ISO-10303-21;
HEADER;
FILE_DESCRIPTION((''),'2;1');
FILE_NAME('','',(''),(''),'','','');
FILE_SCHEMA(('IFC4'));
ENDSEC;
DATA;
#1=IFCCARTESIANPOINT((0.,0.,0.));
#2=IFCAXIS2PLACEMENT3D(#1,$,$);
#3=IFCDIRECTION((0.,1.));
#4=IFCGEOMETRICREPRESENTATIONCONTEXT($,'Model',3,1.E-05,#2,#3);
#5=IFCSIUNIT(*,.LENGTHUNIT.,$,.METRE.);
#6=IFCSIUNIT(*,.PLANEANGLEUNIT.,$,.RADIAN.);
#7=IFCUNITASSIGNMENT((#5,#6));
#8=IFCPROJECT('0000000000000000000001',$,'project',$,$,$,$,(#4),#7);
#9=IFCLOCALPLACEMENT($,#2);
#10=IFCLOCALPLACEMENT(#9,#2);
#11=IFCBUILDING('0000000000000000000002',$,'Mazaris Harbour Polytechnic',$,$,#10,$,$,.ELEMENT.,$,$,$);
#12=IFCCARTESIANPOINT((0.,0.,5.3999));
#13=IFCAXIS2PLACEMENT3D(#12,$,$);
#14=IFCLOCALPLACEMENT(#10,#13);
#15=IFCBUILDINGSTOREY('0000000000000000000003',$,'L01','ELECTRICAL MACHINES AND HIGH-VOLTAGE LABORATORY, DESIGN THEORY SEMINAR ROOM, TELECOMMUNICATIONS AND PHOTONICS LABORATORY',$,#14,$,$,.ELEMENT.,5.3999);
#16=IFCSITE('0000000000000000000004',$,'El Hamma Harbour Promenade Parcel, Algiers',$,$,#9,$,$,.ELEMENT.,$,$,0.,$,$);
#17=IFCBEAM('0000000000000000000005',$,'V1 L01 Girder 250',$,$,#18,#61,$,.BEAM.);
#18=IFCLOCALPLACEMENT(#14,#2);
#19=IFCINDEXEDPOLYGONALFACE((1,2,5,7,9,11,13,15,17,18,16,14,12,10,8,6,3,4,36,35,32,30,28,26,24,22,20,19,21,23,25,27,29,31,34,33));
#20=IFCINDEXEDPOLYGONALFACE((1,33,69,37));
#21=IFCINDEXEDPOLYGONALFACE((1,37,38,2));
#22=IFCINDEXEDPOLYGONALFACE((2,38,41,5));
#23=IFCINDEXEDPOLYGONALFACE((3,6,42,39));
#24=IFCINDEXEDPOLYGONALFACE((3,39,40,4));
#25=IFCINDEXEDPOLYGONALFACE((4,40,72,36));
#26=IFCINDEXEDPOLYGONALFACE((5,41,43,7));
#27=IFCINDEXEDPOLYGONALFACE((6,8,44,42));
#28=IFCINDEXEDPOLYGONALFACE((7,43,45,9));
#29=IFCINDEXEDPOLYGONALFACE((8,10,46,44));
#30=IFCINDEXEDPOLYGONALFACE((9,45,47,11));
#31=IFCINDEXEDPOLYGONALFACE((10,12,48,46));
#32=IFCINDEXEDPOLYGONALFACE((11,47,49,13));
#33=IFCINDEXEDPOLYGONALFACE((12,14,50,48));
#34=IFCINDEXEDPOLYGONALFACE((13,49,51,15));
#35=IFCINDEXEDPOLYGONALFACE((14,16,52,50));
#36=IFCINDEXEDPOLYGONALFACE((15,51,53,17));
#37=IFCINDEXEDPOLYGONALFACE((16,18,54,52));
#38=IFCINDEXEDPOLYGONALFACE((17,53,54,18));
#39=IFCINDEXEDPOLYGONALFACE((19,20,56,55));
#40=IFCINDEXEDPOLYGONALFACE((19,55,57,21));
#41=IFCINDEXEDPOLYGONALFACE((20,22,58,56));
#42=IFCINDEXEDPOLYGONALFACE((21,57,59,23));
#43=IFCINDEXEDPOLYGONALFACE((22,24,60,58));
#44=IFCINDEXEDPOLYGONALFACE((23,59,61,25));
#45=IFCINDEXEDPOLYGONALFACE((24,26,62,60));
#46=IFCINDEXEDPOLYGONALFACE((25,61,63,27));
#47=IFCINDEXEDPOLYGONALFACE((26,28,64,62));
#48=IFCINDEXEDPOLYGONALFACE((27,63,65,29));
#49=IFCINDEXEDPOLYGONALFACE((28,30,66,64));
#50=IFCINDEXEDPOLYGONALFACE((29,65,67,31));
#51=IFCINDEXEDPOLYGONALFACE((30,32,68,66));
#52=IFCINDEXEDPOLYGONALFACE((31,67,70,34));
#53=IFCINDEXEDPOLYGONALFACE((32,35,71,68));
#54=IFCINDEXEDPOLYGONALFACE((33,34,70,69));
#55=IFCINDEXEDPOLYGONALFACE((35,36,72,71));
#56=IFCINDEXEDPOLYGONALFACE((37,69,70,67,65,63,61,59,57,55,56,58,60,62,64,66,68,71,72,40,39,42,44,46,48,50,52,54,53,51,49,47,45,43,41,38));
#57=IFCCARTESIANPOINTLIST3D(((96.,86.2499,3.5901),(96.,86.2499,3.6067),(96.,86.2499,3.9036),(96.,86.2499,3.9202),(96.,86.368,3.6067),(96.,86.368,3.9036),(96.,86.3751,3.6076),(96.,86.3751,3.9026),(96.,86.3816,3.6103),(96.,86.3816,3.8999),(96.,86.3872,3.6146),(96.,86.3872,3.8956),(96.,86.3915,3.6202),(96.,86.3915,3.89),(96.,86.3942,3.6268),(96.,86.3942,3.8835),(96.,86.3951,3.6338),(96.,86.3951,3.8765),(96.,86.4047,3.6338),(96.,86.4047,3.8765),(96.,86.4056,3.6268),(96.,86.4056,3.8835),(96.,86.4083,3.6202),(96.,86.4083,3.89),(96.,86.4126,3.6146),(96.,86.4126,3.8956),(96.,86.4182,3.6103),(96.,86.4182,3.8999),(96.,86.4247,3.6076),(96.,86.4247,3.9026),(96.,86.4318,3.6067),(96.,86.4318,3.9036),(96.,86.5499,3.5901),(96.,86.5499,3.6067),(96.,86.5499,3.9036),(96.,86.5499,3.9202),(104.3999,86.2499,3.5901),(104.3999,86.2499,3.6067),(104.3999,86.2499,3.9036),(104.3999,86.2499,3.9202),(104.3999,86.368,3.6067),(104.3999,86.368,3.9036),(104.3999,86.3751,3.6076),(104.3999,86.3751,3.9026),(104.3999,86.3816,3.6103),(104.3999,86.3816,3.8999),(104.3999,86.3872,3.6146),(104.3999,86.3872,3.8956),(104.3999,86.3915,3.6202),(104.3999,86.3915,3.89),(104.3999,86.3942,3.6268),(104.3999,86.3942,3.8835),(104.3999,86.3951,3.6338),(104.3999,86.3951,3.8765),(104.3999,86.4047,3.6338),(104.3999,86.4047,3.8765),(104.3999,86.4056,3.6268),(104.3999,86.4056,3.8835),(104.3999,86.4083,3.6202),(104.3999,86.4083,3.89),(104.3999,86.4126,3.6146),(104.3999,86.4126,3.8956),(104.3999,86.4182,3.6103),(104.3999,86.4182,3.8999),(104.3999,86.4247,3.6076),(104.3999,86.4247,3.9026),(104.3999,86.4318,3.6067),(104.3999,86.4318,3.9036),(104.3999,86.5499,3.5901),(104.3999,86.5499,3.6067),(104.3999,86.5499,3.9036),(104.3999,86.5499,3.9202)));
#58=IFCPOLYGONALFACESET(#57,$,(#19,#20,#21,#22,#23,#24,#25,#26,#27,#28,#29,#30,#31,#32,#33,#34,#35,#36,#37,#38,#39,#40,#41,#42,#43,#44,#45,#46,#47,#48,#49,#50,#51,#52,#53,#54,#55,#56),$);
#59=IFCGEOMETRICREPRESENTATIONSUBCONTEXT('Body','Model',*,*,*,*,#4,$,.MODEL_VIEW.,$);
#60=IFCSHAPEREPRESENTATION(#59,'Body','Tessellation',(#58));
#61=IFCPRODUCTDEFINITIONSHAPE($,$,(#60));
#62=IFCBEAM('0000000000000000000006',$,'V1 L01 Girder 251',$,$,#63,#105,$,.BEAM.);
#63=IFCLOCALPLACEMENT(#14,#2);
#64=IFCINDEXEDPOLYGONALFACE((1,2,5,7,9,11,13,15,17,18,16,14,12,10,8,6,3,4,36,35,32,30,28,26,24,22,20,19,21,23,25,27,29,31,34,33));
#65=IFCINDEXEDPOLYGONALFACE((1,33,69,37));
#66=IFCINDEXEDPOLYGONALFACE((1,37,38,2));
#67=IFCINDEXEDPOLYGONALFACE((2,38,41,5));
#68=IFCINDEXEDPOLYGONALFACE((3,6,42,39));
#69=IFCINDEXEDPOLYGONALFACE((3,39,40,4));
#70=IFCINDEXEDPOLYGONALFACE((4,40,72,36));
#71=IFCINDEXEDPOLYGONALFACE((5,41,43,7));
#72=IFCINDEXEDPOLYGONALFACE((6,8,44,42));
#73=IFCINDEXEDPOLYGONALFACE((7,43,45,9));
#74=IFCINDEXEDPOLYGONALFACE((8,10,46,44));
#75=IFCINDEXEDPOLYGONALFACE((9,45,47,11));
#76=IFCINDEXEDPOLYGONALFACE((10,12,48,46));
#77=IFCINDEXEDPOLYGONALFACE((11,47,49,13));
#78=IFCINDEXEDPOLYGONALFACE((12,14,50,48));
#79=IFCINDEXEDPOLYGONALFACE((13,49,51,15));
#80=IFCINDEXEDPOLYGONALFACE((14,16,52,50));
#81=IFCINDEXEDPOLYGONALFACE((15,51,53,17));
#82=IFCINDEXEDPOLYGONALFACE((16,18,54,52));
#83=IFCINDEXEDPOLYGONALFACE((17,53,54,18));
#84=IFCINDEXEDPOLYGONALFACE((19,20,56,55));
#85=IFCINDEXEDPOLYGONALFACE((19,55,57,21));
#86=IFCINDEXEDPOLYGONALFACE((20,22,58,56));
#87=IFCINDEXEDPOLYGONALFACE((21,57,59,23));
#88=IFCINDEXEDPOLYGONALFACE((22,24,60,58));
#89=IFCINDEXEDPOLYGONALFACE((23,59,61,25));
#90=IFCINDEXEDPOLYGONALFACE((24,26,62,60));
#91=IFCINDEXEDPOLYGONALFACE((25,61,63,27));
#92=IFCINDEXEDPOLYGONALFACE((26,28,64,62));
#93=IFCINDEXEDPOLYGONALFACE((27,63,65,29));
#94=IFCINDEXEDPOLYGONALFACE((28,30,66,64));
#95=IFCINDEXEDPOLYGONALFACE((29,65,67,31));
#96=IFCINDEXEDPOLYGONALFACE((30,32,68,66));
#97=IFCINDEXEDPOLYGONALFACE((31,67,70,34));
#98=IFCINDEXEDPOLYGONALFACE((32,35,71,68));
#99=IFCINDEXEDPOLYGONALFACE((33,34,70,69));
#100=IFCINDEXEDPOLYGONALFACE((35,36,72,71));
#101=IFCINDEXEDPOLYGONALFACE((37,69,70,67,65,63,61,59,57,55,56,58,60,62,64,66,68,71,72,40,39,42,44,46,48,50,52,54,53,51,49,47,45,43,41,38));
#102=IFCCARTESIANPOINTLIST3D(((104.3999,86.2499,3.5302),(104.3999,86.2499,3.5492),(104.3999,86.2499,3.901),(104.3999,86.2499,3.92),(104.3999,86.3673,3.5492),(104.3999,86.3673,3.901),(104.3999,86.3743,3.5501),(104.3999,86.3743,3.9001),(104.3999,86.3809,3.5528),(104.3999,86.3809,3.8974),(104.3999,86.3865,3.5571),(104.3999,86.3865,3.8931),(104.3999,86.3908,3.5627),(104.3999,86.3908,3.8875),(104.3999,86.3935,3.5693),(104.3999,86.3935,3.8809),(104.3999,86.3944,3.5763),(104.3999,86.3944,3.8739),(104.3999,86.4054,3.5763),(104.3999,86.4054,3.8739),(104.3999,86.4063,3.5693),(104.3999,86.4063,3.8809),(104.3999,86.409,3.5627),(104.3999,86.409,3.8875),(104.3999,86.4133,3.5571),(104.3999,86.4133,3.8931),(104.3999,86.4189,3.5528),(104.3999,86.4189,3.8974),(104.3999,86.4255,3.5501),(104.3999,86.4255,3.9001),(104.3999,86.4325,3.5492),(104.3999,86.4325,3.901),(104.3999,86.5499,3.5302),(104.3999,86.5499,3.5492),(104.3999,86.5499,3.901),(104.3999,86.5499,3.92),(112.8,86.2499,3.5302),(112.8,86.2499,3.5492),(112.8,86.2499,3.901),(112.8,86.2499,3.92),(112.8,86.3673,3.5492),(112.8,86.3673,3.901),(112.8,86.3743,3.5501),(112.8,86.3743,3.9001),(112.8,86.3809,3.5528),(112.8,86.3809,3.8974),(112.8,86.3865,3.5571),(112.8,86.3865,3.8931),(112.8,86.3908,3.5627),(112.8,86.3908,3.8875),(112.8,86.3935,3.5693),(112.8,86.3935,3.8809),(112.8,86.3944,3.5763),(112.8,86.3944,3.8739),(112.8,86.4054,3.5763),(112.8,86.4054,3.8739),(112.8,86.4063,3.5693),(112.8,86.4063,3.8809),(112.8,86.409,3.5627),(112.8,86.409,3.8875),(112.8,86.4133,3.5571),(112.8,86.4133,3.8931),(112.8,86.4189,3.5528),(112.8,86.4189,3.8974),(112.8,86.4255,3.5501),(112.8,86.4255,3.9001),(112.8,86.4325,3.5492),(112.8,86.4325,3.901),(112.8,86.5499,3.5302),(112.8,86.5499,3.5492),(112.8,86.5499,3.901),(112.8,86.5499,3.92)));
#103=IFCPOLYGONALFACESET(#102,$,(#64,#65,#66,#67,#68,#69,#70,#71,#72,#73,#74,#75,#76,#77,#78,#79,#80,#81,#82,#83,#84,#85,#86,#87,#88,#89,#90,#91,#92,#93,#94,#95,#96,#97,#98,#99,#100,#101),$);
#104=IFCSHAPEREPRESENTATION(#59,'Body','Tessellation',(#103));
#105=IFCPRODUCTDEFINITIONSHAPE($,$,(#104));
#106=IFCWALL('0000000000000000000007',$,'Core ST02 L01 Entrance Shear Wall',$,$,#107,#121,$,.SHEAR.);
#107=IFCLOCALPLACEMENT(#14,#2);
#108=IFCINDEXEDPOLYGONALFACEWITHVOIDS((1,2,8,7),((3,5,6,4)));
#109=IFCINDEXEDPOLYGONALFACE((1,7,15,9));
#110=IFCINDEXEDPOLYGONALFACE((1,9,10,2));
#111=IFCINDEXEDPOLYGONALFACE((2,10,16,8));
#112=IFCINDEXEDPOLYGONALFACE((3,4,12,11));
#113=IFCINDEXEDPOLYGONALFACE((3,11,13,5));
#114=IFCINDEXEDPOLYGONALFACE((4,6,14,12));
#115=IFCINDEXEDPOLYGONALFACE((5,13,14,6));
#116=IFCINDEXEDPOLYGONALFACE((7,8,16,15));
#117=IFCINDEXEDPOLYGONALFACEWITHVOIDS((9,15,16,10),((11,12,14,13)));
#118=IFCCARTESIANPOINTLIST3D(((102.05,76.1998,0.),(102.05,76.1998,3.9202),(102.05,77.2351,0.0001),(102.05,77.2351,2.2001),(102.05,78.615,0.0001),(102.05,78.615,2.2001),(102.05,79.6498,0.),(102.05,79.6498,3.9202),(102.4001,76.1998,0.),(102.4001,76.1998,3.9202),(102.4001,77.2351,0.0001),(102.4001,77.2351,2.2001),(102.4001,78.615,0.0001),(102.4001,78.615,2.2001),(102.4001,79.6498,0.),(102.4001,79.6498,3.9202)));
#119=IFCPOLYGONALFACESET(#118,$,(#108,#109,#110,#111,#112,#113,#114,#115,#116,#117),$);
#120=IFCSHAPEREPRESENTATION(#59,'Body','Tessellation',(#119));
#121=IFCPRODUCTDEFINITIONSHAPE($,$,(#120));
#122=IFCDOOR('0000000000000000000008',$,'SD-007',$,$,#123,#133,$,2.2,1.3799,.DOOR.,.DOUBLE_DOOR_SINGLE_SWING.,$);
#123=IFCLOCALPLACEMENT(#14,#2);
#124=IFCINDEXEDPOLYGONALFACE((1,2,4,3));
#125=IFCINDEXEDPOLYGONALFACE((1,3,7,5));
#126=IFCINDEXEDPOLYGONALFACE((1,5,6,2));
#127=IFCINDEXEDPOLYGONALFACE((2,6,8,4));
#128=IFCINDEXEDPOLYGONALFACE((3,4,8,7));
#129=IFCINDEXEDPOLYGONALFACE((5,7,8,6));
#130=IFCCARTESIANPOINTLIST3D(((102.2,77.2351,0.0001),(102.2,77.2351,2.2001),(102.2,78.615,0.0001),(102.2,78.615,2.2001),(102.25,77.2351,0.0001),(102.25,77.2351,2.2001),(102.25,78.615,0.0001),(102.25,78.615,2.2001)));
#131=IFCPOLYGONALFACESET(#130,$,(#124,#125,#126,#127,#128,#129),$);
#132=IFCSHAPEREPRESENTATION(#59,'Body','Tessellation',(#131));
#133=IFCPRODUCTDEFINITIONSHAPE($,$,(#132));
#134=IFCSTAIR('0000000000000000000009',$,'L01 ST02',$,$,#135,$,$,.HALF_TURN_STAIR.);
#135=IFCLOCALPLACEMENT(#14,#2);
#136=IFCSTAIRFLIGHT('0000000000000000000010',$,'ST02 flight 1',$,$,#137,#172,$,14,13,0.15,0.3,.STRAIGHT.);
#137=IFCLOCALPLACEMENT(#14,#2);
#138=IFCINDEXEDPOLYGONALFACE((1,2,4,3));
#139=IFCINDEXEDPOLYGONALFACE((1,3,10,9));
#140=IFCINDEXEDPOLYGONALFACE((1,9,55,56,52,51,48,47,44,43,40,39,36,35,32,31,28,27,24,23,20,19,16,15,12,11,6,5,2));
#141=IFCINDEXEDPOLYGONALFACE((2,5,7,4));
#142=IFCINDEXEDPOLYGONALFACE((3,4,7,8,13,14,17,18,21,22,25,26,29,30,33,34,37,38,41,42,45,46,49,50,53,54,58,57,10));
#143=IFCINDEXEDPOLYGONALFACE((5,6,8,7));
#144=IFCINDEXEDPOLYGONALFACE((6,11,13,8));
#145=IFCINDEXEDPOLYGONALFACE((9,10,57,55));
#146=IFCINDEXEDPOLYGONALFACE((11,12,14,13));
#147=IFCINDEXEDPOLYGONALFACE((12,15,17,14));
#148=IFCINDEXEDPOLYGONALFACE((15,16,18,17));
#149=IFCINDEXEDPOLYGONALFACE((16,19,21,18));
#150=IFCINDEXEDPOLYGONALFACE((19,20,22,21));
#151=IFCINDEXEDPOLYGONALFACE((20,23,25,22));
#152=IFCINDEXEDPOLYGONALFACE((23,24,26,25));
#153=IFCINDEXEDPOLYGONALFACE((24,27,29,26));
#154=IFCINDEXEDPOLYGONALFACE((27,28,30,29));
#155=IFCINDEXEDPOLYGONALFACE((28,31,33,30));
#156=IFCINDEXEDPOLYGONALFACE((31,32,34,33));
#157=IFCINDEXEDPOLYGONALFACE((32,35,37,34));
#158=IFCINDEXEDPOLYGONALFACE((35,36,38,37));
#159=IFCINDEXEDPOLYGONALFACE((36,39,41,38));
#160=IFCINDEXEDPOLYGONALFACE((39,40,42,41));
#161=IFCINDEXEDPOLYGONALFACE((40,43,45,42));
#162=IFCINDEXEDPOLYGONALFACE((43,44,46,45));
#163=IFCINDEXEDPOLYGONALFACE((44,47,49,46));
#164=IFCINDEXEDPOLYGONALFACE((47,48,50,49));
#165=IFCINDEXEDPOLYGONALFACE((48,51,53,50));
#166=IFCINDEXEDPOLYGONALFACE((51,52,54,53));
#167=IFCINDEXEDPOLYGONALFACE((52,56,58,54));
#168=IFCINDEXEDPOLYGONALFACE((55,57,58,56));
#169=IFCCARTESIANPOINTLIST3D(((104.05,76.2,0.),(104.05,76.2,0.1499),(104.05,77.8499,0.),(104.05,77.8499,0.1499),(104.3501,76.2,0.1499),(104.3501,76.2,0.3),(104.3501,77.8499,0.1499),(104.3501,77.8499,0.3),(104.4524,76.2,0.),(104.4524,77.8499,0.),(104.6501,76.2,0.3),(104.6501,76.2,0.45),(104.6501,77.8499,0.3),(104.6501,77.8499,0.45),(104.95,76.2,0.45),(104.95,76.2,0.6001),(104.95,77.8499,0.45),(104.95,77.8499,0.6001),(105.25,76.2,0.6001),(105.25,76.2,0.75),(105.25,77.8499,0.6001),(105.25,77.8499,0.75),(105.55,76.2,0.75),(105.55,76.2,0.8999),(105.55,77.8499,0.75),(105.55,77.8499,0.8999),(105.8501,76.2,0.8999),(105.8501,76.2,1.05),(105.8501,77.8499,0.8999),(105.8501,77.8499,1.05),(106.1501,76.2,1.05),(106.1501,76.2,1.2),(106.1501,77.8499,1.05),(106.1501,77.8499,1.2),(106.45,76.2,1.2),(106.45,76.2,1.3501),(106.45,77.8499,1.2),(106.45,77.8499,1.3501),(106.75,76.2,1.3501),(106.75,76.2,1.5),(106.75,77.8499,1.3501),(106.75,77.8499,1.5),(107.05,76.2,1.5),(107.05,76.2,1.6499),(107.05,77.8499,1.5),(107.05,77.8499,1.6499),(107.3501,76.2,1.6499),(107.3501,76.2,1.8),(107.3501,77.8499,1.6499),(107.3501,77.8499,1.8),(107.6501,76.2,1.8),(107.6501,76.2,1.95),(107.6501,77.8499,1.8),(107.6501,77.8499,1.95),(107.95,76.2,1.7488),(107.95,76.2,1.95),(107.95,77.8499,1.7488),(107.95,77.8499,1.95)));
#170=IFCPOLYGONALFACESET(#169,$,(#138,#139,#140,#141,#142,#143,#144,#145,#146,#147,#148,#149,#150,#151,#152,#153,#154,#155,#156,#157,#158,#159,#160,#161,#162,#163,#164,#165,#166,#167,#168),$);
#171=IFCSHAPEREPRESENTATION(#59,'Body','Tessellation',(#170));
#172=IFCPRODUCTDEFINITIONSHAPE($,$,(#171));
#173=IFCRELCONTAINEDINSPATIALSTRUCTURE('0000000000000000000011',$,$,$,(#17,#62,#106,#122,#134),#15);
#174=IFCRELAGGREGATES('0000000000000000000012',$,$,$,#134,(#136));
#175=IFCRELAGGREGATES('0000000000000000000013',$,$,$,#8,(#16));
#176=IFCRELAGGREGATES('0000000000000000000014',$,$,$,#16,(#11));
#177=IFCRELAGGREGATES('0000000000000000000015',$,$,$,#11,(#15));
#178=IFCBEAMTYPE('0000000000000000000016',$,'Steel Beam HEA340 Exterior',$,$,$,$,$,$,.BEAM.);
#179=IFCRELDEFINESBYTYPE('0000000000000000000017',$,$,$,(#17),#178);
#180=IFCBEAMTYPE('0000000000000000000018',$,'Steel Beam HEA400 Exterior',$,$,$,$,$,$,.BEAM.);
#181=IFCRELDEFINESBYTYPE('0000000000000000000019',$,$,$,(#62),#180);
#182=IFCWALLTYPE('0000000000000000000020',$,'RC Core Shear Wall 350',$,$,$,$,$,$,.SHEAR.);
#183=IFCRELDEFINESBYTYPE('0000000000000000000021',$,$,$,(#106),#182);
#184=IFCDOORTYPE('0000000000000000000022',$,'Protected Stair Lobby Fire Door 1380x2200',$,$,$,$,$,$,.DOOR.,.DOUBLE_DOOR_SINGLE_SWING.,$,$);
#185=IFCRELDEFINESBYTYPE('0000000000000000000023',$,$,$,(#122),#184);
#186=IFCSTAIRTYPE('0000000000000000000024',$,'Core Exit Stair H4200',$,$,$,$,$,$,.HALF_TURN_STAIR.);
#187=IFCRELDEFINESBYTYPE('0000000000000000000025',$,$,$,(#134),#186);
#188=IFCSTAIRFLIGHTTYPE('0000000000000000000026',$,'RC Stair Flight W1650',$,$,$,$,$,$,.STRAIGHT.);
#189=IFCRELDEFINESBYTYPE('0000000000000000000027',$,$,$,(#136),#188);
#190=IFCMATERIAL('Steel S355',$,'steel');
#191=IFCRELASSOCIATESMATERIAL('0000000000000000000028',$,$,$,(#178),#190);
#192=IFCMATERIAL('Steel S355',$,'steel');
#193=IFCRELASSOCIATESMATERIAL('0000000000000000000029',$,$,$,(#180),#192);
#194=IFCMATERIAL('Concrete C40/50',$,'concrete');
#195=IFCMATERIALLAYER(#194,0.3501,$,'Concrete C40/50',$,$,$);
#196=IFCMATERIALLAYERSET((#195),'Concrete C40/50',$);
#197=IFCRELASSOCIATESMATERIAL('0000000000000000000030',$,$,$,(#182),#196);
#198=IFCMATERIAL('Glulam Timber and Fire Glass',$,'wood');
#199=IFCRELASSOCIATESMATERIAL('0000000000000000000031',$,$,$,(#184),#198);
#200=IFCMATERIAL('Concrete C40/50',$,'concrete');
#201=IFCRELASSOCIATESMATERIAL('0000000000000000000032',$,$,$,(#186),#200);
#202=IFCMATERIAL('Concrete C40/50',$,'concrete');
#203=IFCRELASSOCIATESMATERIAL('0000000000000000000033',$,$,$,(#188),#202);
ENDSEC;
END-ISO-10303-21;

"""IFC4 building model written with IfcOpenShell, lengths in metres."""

from ifc_helpers import new_model, si_unit, direction, frame, frame_2d, origin, origin_2d, place, context, subcontext, project, spatial, polyline, rectangle, i_section, outline, extrude, material, layer, layer_set, material_profile, profile_set, type_object, element, fill, aggregate, save


model = new_model("IFC4")

# Units and contexts
model_context = context("Model", 3, precision=1e-05, world=origin(), true_north=direction((0.0, 1.0)))
body_context = subcontext(model_context, "Body", "Model", "MODEL_VIEW")
ifc_project = project(units=[si_unit("LENGTHUNIT", "METRE"), si_unit("PLANEANGLEUNIT", "RADIAN")], contexts=[model_context])

# Site, building, storey
site_placement = place(None, origin())
site = spatial("IfcSite", under=ifc_project, at=site_placement, Name="El Hamma Harbour Promenade Parcel, Algiers", CompositionType="ELEMENT", RefElevation=0.0)
building_placement = place(site_placement, origin())
building = spatial("IfcBuilding", under=site, at=building_placement, Name="Mazaris Harbour Polytechnic", CompositionType="ELEMENT")
storey_placement = place(building_placement, frame((0.0, 0.0, 5.3999)))
storey = spatial("IfcBuildingStorey", under=building, at=storey_placement, Name="L01", Description="ELECTRICAL MACHINES AND HIGH-VOLTAGE LABORATORY, DESIGN THEORY SEMINAR ROOM, TELECOMMUNICATIONS AND PHOTONICS LABORATORY", CompositionType="ELEMENT", Elevation=5.3999)

# Beams
ifc_material_1 = material(Name="Steel S355", Category="steel")
ifc_material_profile_1 = material_profile(ifc_material_1, i_section(OverallWidth=0.3, OverallDepth=0.3301, WebThickness=0.0095, FlangeThickness=0.0166, FilletRadius=0.0271, at=origin_2d()), Name="HEA 340")
ifc_profile_set_1 = profile_set([ifc_material_profile_1], Name="Steel S355")
beam_type_1 = type_object("IfcBeamType", Name="Steel Beam HEA340 Exterior", PredefinedType="BEAM", material=ifc_profile_set_1)
beam_1_placement = place(storey_placement, frame((96.0, 86.3999, 3.7551), z_axis=(1.0, 0.0, 0.0), x_axis=(0.0, 1.0, 0.0)))
element("IfcBeam", 1, at=beam_1_placement, inside=storey, type_object=beam_type_1, Name="V1 L01 Girder 250", PredefinedType="BEAM", context=body_context, shape_type="SweptSolid", body=[
    extrude(i_section(OverallWidth=0.3, OverallDepth=0.3301, WebThickness=0.0095, FlangeThickness=0.0166, FilletRadius=0.0271, at=origin_2d()), origin(), (0.0, 0.0, 1.0), 8.3999),
])
ifc_material_2 = material(Name="Steel S355", Category="steel")
ifc_material_profile_2 = material_profile(ifc_material_2, i_section(OverallWidth=0.3, OverallDepth=0.3899, WebThickness=0.011, FlangeThickness=0.019, FilletRadius=0.0271, at=origin_2d()), Name="HEA 400")
ifc_profile_set_2 = profile_set([ifc_material_profile_2], Name="Steel S355")
beam_type_2 = type_object("IfcBeamType", Name="Steel Beam HEA400 Exterior", PredefinedType="BEAM", material=ifc_profile_set_2)
beam_2_placement = place(storey_placement, frame((104.3999, 86.3999, 3.7251), z_axis=(1.0, 0.0, 0.0), x_axis=(0.0, 1.0, 0.0)))
element("IfcBeam", 2, at=beam_2_placement, inside=storey, type_object=beam_type_2, Name="V1 L01 Girder 251", PredefinedType="BEAM", context=body_context, shape_type="SweptSolid", body=[
    extrude(i_section(OverallWidth=0.3, OverallDepth=0.3899, WebThickness=0.011, FlangeThickness=0.019, FilletRadius=0.0271, at=origin_2d()), origin(), (0.0, 0.0, 1.0), 8.4001),
])

# Wall, opening, door
ifc_material_3 = material(Name="Concrete C40/50", Category="concrete")
ifc_layer = layer(ifc_material_3, 0.3501, Name="Concrete C40/50")
ifc_layer_set = layer_set([ifc_layer], Name="Concrete C40/50")
wall_type = type_object("IfcWallType", Name="RC Core Shear Wall 350", PredefinedType="SHEAR", material=ifc_layer_set)
wall_placement = place(storey_placement, frame((102.2251, 79.6499, 0.0), z_axis=(0.0, 0.0, 1.0), x_axis=(0.0, -1.0, 0.0)))
wall = element("IfcWall", 3, at=wall_placement, inside=storey, type_object=wall_type, Name="Core ST02 L01 Entrance Shear Wall", PredefinedType="SHEAR", context=body_context, shape_type="SweptSolid", body=[
    extrude(rectangle(XDim=3.45, YDim=0.3501, at=frame_2d((1.7251, 0.0))), origin(), (0.0, 0.0, 1.0), 3.9202),
])
opening_placement = place(wall_placement, frame((1.0349, 0.0, 0.0)))
opening = element("IfcOpeningElement", 4, at=opening_placement, cuts=wall, PredefinedType="OPENING", context=body_context, shape_type="SweptSolid", body=[
    extrude(rectangle(XDim=1.3799, YDim=2.2, at=frame_2d((0.6899, 1.1001))), frame((0.0, 0.1851, 0.0), z_axis=(0.0, -1.0, 0.0), x_axis=(1.0, 0.0, 0.0)), (0.0, 0.0, 1.0), 0.3701),
])
ifc_material_4 = material(Name="Glulam Timber and Fire Glass", Category="wood")
door_type = type_object("IfcDoorType", Name="Protected Stair Lobby Fire Door 1380x2200", OperationType="DOUBLE_DOOR_SINGLE_SWING", PredefinedType="DOOR", material=ifc_material_4)
door_placement = place(opening_placement, origin())
door = element("IfcDoor", 5, at=door_placement, inside=storey, type_object=door_type, Name="SD-007", OperationType="DOUBLE_DOOR_SINGLE_SWING", OverallHeight=2.2, OverallWidth=1.3799, PredefinedType="DOOR", context=body_context, shape_type="SweptSolid", body=[
    extrude(rectangle(XDim=1.3799, YDim=2.2, at=frame_2d((0.6899, 1.1001))), frame((0.0, 0.0249, 0.0), z_axis=(0.0, -1.0, 0.0), x_axis=(1.0, 0.0, 0.0)), (0.0, 0.0, 1.0), 0.05),
])
fill(opening, door)

# Stair, stair flight
ifc_material_5 = material(Name="Concrete C40/50", Category="concrete")
stair_type = type_object("IfcStairType", Name="Core Exit Stair H4200", PredefinedType="HALF_TURN_STAIR", material=ifc_material_5)
stair_placement = place(storey_placement, origin())
stair = element("IfcStair", 6, at=stair_placement, inside=storey, type_object=stair_type, Name="L01 ST02", PredefinedType="HALF_TURN_STAIR")
ifc_material_6 = material(Name="Concrete C40/50", Category="concrete")
stair_flight_type = type_object("IfcStairFlightType", Name="RC Stair Flight W1650", PredefinedType="STRAIGHT", material=ifc_material_6)
stair_flight_placement = place(storey_placement, frame((104.05, 77.0249, 0.0), z_axis=(0.0, 0.0, 1.0), x_axis=(1.0, 0.0, 0.0)))
stair_flight = element("IfcStairFlight", 7, at=stair_flight_placement, type_object=stair_flight_type, Name="ST02 flight 1", NumberOfRisers=14, NumberOfTreads=13, PredefinedType="STRAIGHT", RiserHeight=0.15, TreadLength=0.3, context=body_context, shape_type="SweptSolid", body=[
    extrude(outline(polyline([(0.0, 0.0), (0.0, 0.1499), (0.3, 0.1499), (0.3, 0.3), (0.6001, 0.3), (0.6001, 0.45), (0.8999, 0.45), (0.8999, 0.6001), (1.2, 0.6001), (1.2, 0.75), (1.5, 0.75), (1.5, 0.8999), (1.8, 0.8999), (1.8, 1.05), (2.1001, 1.05), (2.1001, 1.2), (2.3999, 1.2), (2.3999, 1.3501), (2.7, 1.3501), (2.7, 1.5), (3.0, 1.5), (3.0, 1.6499), (3.3, 1.6499), (3.3, 1.8), (3.6001, 1.8), (3.6001, 1.95), (3.8999, 1.95), (3.8999, 2.1001), (3.8999, 1.7488), (0.4023, 0.0), (0.0, 0.0)])), frame((0.0, 0.825, 0.0), z_axis=(0.0, -1.0, 0.0), x_axis=(1.0, 0.0, 0.0)), (0.0, 0.0, 1.0), 1.6499),
])
aggregate(stair, [stair_flight])

save(model, "model.ifc")
